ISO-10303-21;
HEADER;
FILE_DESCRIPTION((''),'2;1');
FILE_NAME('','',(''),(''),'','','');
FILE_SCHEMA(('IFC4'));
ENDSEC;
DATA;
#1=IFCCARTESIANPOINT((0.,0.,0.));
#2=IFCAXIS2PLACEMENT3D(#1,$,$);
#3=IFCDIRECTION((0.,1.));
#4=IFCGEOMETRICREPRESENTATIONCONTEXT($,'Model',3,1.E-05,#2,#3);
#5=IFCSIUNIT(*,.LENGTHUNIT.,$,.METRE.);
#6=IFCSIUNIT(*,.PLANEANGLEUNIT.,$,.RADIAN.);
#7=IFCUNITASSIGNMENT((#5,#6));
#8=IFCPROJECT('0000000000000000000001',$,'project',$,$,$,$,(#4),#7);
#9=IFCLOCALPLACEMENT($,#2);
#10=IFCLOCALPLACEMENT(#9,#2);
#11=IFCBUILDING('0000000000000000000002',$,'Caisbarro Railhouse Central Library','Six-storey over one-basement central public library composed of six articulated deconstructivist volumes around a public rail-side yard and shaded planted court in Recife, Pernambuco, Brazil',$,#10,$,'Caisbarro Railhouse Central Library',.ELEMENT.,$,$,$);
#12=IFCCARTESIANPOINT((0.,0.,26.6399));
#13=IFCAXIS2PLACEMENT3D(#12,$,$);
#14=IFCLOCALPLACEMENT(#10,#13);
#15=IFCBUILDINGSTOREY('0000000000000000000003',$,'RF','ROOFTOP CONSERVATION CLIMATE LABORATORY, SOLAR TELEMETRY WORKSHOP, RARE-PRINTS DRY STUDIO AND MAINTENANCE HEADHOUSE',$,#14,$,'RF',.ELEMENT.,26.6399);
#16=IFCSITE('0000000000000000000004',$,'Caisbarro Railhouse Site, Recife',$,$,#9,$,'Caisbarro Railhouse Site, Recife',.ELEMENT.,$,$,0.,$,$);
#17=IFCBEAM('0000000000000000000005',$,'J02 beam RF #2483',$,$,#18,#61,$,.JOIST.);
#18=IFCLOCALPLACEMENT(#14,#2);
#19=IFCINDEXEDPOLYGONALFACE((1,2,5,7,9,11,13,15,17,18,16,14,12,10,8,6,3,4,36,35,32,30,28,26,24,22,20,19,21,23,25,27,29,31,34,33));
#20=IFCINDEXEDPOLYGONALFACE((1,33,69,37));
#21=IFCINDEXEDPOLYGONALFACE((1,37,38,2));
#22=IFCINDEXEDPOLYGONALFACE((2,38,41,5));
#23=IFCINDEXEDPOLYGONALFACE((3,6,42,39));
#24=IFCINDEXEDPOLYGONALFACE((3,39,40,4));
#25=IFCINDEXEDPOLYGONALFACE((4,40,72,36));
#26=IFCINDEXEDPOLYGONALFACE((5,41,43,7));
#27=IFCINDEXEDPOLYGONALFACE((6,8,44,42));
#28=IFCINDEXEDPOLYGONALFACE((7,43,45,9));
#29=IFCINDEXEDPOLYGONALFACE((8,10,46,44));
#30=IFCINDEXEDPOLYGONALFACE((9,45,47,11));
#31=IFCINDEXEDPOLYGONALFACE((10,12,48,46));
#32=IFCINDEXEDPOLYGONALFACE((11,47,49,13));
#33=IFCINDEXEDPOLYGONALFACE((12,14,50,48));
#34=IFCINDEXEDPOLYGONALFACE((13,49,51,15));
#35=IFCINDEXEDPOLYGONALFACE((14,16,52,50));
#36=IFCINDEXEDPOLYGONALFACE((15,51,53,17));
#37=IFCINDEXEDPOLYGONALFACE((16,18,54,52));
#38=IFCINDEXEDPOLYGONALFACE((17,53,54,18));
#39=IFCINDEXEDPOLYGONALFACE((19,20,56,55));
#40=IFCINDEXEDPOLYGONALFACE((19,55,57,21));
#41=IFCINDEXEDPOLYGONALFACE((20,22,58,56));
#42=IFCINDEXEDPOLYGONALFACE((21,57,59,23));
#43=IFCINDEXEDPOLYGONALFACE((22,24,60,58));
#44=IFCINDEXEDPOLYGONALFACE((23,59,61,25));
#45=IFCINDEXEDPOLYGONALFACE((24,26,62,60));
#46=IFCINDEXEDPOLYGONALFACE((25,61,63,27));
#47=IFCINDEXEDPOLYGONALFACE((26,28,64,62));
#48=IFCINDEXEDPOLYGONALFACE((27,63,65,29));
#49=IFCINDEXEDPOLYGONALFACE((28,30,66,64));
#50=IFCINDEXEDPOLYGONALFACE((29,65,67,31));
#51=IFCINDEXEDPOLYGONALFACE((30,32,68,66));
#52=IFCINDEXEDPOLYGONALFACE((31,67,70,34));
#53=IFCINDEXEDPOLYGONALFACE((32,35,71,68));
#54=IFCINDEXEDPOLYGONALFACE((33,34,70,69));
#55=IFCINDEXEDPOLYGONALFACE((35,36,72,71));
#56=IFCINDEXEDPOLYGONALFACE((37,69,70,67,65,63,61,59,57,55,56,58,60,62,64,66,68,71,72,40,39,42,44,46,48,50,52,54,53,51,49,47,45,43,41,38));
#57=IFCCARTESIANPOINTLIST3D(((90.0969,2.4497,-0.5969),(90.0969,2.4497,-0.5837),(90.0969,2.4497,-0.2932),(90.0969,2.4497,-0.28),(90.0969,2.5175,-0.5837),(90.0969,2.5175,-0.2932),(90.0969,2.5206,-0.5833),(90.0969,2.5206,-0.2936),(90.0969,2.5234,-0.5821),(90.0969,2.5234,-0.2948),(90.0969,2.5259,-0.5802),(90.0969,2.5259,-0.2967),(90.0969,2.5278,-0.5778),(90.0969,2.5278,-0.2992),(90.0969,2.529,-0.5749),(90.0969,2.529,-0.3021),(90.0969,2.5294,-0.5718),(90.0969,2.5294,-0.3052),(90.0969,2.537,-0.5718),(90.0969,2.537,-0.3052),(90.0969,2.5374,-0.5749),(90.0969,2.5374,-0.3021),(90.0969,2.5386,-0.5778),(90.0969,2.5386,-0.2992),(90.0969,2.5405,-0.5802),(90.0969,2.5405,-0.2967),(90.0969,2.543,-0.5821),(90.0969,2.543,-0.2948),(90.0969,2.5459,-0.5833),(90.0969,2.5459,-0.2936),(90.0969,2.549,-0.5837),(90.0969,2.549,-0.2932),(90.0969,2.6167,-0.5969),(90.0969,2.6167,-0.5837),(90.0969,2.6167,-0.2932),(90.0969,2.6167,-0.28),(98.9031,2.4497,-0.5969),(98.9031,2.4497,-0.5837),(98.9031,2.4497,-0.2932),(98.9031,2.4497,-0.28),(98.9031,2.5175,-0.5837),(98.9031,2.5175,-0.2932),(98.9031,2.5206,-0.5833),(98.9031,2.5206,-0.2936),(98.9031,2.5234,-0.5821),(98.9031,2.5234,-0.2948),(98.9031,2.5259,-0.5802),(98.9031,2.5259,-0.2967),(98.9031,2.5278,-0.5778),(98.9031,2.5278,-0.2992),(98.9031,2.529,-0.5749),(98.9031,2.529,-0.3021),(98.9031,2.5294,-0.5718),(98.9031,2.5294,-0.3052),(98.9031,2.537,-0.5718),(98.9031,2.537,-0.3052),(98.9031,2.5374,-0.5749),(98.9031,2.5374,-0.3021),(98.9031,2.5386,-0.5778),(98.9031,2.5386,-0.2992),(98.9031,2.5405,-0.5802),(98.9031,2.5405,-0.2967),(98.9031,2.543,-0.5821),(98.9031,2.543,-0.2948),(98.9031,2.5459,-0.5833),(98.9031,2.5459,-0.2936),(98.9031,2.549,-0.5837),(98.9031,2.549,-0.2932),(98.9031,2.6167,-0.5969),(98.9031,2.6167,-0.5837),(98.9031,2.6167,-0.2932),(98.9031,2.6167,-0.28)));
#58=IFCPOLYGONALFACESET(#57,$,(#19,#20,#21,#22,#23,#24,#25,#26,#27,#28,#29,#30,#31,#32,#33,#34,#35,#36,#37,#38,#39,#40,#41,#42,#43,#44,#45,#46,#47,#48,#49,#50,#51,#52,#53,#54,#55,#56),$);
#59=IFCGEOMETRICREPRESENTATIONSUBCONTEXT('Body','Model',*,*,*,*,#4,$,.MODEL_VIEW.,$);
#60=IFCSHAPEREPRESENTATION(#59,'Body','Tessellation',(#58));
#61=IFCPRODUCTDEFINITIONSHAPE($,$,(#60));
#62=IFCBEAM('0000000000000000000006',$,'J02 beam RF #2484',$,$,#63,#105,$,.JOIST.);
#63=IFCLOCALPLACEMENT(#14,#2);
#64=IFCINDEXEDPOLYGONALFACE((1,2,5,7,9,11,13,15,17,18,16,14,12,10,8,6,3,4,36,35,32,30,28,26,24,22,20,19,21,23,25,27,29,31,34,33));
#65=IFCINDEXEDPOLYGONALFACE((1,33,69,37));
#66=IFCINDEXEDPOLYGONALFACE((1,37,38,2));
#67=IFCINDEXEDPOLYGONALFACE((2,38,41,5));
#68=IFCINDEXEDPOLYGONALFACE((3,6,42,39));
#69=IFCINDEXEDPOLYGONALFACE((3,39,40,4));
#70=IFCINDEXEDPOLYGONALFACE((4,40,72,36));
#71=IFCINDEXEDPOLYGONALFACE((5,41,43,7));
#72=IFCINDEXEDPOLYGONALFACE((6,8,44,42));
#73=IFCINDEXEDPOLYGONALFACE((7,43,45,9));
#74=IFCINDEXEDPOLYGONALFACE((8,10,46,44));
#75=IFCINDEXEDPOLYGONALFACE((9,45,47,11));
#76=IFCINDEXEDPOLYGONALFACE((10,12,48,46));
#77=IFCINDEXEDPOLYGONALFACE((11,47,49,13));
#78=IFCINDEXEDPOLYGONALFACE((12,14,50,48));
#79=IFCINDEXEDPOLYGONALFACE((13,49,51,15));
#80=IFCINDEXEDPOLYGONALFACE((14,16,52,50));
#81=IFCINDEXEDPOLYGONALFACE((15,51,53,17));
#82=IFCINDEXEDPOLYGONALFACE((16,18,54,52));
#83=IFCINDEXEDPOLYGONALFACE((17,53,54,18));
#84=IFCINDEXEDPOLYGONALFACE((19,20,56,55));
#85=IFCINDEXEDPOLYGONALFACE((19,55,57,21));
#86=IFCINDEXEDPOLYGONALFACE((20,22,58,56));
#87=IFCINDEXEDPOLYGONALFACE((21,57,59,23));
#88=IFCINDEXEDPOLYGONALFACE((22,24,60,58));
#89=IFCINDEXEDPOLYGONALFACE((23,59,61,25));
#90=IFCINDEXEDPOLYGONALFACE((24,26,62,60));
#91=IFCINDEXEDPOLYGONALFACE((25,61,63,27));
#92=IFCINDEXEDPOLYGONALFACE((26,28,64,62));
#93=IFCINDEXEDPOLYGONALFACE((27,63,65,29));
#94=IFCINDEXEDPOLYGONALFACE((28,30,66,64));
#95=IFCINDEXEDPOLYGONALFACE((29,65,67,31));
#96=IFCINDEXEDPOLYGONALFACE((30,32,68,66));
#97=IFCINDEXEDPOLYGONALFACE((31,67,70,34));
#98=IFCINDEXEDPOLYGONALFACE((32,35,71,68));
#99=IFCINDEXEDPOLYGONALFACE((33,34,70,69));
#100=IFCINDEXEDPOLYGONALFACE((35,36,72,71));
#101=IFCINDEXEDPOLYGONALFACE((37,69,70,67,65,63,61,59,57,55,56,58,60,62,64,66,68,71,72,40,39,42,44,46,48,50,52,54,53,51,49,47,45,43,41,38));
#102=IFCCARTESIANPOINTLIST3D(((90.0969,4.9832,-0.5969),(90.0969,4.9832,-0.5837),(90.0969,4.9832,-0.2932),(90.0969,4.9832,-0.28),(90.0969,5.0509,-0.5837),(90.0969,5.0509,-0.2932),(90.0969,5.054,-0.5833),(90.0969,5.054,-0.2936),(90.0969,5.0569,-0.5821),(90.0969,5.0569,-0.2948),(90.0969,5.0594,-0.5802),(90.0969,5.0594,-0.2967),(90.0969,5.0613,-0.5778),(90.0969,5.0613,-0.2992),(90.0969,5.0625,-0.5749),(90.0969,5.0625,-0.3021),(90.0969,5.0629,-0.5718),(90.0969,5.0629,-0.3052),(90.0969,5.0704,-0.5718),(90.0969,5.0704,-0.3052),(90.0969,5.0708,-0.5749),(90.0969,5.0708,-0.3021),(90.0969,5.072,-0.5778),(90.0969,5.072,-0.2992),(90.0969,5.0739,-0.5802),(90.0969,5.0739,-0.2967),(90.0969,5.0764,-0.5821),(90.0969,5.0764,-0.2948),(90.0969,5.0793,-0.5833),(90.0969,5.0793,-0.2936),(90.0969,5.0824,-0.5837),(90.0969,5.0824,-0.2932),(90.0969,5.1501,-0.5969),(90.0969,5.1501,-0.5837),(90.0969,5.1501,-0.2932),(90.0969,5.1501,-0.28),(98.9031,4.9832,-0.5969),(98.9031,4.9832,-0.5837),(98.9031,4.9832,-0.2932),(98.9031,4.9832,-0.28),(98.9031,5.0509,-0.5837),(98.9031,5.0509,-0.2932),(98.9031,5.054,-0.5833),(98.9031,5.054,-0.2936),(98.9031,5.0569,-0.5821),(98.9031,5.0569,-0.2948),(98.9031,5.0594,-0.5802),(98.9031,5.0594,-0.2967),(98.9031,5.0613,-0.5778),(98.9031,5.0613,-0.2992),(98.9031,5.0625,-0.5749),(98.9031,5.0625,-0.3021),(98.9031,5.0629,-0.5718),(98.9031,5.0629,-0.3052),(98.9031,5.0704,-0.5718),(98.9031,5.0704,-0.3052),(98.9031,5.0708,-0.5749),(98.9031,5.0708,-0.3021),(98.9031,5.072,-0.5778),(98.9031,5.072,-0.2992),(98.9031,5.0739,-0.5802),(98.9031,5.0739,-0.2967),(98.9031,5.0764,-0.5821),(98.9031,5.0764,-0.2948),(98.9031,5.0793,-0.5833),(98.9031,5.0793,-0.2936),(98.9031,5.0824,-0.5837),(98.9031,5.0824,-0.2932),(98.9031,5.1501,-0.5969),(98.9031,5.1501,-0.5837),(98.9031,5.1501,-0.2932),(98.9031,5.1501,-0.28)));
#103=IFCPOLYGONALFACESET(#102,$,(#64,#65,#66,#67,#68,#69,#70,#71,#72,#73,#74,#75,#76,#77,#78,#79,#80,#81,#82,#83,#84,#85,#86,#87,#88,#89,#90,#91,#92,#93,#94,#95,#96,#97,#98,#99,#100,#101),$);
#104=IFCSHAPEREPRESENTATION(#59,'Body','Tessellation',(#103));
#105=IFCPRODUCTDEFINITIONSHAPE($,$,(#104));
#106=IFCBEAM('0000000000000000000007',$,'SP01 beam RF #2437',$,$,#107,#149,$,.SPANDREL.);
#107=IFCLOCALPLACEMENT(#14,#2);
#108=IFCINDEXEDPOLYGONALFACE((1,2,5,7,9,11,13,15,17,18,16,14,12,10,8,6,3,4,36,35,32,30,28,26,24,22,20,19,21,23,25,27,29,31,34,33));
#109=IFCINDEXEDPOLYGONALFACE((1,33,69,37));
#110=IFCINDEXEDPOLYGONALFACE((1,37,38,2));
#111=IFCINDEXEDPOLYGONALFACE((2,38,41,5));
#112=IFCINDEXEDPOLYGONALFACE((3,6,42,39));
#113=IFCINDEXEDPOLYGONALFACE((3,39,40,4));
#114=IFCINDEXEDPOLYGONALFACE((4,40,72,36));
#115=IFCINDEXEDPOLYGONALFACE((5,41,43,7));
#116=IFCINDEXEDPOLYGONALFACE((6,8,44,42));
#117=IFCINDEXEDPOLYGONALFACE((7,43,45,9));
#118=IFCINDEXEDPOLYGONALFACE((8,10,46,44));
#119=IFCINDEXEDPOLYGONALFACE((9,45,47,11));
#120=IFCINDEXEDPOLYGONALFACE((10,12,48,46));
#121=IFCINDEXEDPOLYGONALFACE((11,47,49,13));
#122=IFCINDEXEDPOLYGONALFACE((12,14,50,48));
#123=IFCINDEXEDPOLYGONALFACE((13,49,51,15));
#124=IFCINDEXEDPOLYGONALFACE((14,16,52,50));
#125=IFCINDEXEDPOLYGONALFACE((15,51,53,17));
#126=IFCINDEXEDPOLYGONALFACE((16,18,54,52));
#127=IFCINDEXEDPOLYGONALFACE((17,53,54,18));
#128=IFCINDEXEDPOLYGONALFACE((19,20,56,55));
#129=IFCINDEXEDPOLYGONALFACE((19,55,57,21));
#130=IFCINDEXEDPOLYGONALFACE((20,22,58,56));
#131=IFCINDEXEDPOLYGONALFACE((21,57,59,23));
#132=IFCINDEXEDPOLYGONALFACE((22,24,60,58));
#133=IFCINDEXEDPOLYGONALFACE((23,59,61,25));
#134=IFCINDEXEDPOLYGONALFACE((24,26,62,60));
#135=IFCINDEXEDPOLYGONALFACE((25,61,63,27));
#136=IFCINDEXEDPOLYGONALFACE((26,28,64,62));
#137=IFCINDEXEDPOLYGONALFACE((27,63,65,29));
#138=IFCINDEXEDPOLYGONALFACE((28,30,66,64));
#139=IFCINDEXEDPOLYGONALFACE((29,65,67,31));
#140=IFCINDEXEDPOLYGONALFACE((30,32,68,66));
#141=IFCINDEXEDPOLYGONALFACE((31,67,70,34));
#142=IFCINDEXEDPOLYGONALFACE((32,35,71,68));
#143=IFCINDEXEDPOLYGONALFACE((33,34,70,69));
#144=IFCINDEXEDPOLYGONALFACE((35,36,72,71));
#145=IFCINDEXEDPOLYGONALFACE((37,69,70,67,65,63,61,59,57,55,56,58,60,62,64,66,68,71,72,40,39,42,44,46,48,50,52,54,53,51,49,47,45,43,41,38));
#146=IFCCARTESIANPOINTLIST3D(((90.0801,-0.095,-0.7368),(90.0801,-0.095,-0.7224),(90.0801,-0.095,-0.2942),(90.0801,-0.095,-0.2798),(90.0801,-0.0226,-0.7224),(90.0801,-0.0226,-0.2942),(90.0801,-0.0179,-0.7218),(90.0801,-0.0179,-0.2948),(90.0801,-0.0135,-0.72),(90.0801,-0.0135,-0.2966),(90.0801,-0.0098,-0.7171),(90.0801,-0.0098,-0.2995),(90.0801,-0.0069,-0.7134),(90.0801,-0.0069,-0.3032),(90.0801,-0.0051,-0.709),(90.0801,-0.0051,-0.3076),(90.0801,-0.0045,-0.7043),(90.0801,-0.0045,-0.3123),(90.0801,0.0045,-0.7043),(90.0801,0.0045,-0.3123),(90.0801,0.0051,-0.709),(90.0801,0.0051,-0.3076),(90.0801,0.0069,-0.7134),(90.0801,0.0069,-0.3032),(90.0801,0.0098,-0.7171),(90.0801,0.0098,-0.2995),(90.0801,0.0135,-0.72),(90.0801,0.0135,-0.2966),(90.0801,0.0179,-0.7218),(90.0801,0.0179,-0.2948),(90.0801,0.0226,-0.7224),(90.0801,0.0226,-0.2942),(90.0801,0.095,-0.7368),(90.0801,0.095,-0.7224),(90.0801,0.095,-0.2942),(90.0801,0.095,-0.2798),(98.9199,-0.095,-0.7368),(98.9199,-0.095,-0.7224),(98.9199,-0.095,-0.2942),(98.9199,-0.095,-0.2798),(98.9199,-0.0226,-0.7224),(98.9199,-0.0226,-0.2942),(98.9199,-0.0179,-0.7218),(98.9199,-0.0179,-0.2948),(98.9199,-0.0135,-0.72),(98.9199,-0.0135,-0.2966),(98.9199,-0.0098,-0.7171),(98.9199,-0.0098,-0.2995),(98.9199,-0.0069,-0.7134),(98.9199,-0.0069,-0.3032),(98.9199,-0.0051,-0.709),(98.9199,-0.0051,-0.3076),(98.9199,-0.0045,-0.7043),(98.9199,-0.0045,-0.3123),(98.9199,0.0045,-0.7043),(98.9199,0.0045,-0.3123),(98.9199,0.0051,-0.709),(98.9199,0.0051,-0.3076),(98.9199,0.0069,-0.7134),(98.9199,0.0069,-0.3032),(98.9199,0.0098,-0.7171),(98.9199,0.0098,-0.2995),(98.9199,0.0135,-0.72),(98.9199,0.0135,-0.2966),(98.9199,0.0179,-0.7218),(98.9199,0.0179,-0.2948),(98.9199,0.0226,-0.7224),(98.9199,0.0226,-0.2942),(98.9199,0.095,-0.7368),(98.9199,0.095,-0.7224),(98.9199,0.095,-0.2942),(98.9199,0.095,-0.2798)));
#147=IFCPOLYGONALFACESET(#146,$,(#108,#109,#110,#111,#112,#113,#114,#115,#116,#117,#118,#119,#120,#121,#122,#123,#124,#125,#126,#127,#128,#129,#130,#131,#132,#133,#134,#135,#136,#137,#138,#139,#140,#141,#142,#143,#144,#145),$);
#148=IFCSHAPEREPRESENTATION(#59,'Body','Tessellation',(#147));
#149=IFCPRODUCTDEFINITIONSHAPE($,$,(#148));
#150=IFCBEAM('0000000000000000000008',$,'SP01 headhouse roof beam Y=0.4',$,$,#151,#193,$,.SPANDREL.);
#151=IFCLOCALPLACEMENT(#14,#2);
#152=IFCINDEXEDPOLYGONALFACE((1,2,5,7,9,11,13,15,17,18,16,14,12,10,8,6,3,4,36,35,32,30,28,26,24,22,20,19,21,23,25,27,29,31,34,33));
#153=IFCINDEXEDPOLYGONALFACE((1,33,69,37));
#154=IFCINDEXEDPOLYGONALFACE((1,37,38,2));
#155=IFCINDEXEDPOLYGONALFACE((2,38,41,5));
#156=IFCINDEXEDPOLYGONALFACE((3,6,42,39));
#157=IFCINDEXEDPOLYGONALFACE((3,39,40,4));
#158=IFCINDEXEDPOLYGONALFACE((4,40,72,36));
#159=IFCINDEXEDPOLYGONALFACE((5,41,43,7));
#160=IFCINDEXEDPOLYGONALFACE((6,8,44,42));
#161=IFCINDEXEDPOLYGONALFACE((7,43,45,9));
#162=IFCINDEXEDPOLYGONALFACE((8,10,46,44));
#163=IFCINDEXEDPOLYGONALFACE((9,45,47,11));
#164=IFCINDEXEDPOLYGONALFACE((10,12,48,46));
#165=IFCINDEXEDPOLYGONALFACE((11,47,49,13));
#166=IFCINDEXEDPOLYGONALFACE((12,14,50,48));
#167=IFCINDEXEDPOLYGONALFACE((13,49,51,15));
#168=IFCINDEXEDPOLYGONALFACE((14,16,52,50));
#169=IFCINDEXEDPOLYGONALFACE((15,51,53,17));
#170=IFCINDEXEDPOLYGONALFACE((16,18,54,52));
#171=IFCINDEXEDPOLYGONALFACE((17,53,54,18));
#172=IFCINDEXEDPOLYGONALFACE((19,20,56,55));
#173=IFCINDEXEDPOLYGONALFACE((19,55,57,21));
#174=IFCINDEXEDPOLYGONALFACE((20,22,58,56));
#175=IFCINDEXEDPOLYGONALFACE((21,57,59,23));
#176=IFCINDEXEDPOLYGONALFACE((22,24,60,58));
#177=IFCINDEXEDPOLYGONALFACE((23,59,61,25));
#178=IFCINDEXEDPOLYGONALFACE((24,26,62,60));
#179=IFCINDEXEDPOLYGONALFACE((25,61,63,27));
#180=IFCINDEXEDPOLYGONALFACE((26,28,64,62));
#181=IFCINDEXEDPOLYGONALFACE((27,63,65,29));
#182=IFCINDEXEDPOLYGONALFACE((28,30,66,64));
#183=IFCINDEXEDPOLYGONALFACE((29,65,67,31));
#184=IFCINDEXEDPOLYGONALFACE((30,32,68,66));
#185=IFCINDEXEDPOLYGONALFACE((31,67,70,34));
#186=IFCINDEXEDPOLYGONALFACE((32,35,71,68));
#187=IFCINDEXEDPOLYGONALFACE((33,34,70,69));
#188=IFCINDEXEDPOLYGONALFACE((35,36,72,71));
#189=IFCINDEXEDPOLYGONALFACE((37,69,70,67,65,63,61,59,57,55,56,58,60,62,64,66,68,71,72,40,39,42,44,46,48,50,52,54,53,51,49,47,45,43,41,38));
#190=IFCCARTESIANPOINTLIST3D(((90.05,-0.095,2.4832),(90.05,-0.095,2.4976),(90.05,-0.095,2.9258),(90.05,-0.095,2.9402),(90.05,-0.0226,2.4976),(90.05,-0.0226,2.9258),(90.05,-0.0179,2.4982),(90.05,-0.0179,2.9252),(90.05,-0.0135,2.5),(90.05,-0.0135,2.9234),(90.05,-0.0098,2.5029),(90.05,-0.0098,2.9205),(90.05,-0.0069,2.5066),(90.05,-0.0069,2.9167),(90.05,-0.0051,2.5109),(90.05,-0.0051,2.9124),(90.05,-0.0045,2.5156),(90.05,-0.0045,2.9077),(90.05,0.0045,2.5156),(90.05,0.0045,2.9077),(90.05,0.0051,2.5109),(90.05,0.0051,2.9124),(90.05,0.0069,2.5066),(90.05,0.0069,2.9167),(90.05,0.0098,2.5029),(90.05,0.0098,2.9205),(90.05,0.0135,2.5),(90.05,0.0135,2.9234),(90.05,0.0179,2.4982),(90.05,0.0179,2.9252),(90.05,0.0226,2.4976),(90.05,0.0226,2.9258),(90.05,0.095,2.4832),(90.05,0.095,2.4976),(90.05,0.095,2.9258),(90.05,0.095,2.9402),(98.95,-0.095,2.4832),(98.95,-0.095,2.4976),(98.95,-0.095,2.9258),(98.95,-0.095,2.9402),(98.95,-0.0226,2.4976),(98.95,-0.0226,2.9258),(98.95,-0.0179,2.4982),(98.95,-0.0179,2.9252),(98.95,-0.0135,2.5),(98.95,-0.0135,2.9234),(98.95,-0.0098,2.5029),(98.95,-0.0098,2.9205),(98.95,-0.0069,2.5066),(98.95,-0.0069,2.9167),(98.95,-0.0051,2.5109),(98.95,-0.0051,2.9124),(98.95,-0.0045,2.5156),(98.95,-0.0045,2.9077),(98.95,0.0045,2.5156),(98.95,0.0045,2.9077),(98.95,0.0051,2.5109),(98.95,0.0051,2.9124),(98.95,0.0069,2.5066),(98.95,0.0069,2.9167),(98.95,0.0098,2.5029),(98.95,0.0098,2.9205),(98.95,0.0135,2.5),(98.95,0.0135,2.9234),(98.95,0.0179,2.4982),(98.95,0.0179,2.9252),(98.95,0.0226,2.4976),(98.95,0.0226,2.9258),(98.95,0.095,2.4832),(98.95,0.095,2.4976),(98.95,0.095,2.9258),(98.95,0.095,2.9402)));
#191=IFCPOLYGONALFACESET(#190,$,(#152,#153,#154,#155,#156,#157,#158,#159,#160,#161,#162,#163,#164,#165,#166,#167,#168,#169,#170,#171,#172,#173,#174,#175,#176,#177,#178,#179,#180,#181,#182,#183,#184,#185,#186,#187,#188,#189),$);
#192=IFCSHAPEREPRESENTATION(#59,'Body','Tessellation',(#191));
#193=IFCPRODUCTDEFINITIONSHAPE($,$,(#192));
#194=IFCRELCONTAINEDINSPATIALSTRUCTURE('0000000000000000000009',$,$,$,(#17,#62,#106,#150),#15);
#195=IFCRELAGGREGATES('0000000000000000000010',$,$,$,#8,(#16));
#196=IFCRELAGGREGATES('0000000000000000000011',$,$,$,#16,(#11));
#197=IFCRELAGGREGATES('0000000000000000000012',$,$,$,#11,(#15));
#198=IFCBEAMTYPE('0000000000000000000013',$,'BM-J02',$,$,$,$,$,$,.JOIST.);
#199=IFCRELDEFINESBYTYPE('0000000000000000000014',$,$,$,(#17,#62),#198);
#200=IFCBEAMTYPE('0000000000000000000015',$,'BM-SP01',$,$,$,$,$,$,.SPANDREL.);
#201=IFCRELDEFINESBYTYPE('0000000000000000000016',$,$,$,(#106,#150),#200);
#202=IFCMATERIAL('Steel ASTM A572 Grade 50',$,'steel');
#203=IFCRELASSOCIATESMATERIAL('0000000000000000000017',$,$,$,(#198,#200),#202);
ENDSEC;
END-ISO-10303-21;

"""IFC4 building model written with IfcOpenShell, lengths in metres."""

from ifc_helpers import new_model, si_unit, direction, frame, origin, origin_2d, place, context, subcontext, project, spatial, i_section, extrude, material, material_profile, profile_set, type_object, element, save


model = new_model("IFC4")

# Units and contexts
model_context = context("Model", 3, precision=1e-05, world=origin(), true_north=direction((0.0, 1.0)))
body_context = subcontext(model_context, "Body", "Model", "MODEL_VIEW")
ifc_project = project(units=[si_unit("LENGTHUNIT", "METRE"), si_unit("PLANEANGLEUNIT", "RADIAN")], contexts=[model_context])

# Site, building, storey
site_placement = place(None, origin())
site = spatial("IfcSite", under=ifc_project, at=site_placement, Name="Caisbarro Railhouse Site, Recife", LongName="Caisbarro Railhouse Site, Recife", CompositionType="ELEMENT", RefElevation=0.0)
building_placement = place(site_placement, origin())
building = spatial("IfcBuilding", under=site, at=building_placement, Name="Caisbarro Railhouse Central Library", Description="Six-storey over one-basement central public library composed of six articulated deconstructivist volumes around a public rail-side yard and shaded planted court in Recife, Pernambuco, Brazil", LongName="Caisbarro Railhouse Central Library", CompositionType="ELEMENT")
storey_placement = place(building_placement, frame((0.0, 0.0, 26.6399)))
storey = spatial("IfcBuildingStorey", under=building, at=storey_placement, Name="RF", Description="ROOFTOP CONSERVATION CLIMATE LABORATORY, SOLAR TELEMETRY WORKSHOP, RARE-PRINTS DRY STUDIO AND MAINTENANCE HEADHOUSE", LongName="RF", CompositionType="ELEMENT", Elevation=26.6399)

# Shared definitions
ifc_material_1 = material(Name="Steel ASTM A572 Grade 50", Category="steel")

# Beams
ifc_material_profile_1 = material_profile(ifc_material_1, i_section(OverallWidth=0.167, OverallDepth=0.3169, WebThickness=0.0076, FlangeThickness=0.0132, FilletRadius=0.012, at=origin_2d()), Name="W310X52.0")
ifc_profile_set_1 = profile_set([ifc_material_profile_1], Name="Steel ASTM A572 Grade 50")
beam_type_1 = type_object("IfcBeamType", Name="BM-J02", PredefinedType="JOIST", material=ifc_profile_set_1)
for number, where, z_axis, x_axis, name in (
    (1, (90.0969, 2.5332, -0.4385), (1.0, 0.0, 0.0), (0.0, 1.0, 0.0), "J02 beam RF #2483"),
    (2, (90.0969, 5.0667, -0.4385), (1.0, 0.0, 0.0), (0.0, 1.0, 0.0), "J02 beam RF #2484"),
):
    element("IfcBeam", number, at=place(storey_placement, frame(where, z_axis=z_axis, x_axis=x_axis)), inside=storey, type_object=beam_type_1, Name=name, PredefinedType="JOIST", context=body_context, shape_type="SweptSolid", body=[
        extrude(i_section(OverallWidth=0.167, OverallDepth=0.3169, WebThickness=0.0076, FlangeThickness=0.0132, FilletRadius=0.012, at=origin_2d()), origin(), (0.0, 0.0, 1.0), 8.8062),
    ])
ifc_material_profile_2 = material_profile(ifc_material_1, i_section(OverallWidth=0.1899, OverallDepth=0.457, WebThickness=0.009, FlangeThickness=0.0144, FilletRadius=0.0181, at=origin_2d()), Name="W460X74.0")
ifc_profile_set_2 = profile_set([ifc_material_profile_2], Name="Steel ASTM A572 Grade 50")
beam_type_2 = type_object("IfcBeamType", Name="BM-SP01", PredefinedType="SPANDREL", material=ifc_profile_set_2)
beam_1_placement = place(storey_placement, frame((90.0801, 0.0, -0.5083), z_axis=(1.0, 0.0, 0.0), x_axis=(0.0, 1.0, 0.0)))
element("IfcBeam", 3, at=beam_1_placement, inside=storey, type_object=beam_type_2, Name="SP01 beam RF #2437", PredefinedType="SPANDREL", context=body_context, shape_type="SweptSolid", body=[
    extrude(i_section(OverallWidth=0.1899, OverallDepth=0.457, WebThickness=0.009, FlangeThickness=0.0144, FilletRadius=0.0181, at=origin_2d()), origin(), (0.0, 0.0, 1.0), 8.8398),
])
for number, where, z_axis, x_axis, name in (
    (4, (90.05, 0.0, 2.7117), (1.0, 0.0, 0.0), (0.0, 1.0, 0.0), "SP01 headhouse roof beam Y=0.4"),
):
    element("IfcBeam", number, at=place(storey_placement, frame(where, z_axis=z_axis, x_axis=x_axis)), inside=storey, type_object=beam_type_2, Name=name, PredefinedType="SPANDREL", context=body_context, shape_type="SweptSolid", body=[
        extrude(i_section(OverallWidth=0.1899, OverallDepth=0.457, WebThickness=0.009, FlangeThickness=0.0144, FilletRadius=0.0181, at=origin_2d()), origin(), (0.0, 0.0, 1.0), 8.8999),
    ])

save(model, "model.ifc")
